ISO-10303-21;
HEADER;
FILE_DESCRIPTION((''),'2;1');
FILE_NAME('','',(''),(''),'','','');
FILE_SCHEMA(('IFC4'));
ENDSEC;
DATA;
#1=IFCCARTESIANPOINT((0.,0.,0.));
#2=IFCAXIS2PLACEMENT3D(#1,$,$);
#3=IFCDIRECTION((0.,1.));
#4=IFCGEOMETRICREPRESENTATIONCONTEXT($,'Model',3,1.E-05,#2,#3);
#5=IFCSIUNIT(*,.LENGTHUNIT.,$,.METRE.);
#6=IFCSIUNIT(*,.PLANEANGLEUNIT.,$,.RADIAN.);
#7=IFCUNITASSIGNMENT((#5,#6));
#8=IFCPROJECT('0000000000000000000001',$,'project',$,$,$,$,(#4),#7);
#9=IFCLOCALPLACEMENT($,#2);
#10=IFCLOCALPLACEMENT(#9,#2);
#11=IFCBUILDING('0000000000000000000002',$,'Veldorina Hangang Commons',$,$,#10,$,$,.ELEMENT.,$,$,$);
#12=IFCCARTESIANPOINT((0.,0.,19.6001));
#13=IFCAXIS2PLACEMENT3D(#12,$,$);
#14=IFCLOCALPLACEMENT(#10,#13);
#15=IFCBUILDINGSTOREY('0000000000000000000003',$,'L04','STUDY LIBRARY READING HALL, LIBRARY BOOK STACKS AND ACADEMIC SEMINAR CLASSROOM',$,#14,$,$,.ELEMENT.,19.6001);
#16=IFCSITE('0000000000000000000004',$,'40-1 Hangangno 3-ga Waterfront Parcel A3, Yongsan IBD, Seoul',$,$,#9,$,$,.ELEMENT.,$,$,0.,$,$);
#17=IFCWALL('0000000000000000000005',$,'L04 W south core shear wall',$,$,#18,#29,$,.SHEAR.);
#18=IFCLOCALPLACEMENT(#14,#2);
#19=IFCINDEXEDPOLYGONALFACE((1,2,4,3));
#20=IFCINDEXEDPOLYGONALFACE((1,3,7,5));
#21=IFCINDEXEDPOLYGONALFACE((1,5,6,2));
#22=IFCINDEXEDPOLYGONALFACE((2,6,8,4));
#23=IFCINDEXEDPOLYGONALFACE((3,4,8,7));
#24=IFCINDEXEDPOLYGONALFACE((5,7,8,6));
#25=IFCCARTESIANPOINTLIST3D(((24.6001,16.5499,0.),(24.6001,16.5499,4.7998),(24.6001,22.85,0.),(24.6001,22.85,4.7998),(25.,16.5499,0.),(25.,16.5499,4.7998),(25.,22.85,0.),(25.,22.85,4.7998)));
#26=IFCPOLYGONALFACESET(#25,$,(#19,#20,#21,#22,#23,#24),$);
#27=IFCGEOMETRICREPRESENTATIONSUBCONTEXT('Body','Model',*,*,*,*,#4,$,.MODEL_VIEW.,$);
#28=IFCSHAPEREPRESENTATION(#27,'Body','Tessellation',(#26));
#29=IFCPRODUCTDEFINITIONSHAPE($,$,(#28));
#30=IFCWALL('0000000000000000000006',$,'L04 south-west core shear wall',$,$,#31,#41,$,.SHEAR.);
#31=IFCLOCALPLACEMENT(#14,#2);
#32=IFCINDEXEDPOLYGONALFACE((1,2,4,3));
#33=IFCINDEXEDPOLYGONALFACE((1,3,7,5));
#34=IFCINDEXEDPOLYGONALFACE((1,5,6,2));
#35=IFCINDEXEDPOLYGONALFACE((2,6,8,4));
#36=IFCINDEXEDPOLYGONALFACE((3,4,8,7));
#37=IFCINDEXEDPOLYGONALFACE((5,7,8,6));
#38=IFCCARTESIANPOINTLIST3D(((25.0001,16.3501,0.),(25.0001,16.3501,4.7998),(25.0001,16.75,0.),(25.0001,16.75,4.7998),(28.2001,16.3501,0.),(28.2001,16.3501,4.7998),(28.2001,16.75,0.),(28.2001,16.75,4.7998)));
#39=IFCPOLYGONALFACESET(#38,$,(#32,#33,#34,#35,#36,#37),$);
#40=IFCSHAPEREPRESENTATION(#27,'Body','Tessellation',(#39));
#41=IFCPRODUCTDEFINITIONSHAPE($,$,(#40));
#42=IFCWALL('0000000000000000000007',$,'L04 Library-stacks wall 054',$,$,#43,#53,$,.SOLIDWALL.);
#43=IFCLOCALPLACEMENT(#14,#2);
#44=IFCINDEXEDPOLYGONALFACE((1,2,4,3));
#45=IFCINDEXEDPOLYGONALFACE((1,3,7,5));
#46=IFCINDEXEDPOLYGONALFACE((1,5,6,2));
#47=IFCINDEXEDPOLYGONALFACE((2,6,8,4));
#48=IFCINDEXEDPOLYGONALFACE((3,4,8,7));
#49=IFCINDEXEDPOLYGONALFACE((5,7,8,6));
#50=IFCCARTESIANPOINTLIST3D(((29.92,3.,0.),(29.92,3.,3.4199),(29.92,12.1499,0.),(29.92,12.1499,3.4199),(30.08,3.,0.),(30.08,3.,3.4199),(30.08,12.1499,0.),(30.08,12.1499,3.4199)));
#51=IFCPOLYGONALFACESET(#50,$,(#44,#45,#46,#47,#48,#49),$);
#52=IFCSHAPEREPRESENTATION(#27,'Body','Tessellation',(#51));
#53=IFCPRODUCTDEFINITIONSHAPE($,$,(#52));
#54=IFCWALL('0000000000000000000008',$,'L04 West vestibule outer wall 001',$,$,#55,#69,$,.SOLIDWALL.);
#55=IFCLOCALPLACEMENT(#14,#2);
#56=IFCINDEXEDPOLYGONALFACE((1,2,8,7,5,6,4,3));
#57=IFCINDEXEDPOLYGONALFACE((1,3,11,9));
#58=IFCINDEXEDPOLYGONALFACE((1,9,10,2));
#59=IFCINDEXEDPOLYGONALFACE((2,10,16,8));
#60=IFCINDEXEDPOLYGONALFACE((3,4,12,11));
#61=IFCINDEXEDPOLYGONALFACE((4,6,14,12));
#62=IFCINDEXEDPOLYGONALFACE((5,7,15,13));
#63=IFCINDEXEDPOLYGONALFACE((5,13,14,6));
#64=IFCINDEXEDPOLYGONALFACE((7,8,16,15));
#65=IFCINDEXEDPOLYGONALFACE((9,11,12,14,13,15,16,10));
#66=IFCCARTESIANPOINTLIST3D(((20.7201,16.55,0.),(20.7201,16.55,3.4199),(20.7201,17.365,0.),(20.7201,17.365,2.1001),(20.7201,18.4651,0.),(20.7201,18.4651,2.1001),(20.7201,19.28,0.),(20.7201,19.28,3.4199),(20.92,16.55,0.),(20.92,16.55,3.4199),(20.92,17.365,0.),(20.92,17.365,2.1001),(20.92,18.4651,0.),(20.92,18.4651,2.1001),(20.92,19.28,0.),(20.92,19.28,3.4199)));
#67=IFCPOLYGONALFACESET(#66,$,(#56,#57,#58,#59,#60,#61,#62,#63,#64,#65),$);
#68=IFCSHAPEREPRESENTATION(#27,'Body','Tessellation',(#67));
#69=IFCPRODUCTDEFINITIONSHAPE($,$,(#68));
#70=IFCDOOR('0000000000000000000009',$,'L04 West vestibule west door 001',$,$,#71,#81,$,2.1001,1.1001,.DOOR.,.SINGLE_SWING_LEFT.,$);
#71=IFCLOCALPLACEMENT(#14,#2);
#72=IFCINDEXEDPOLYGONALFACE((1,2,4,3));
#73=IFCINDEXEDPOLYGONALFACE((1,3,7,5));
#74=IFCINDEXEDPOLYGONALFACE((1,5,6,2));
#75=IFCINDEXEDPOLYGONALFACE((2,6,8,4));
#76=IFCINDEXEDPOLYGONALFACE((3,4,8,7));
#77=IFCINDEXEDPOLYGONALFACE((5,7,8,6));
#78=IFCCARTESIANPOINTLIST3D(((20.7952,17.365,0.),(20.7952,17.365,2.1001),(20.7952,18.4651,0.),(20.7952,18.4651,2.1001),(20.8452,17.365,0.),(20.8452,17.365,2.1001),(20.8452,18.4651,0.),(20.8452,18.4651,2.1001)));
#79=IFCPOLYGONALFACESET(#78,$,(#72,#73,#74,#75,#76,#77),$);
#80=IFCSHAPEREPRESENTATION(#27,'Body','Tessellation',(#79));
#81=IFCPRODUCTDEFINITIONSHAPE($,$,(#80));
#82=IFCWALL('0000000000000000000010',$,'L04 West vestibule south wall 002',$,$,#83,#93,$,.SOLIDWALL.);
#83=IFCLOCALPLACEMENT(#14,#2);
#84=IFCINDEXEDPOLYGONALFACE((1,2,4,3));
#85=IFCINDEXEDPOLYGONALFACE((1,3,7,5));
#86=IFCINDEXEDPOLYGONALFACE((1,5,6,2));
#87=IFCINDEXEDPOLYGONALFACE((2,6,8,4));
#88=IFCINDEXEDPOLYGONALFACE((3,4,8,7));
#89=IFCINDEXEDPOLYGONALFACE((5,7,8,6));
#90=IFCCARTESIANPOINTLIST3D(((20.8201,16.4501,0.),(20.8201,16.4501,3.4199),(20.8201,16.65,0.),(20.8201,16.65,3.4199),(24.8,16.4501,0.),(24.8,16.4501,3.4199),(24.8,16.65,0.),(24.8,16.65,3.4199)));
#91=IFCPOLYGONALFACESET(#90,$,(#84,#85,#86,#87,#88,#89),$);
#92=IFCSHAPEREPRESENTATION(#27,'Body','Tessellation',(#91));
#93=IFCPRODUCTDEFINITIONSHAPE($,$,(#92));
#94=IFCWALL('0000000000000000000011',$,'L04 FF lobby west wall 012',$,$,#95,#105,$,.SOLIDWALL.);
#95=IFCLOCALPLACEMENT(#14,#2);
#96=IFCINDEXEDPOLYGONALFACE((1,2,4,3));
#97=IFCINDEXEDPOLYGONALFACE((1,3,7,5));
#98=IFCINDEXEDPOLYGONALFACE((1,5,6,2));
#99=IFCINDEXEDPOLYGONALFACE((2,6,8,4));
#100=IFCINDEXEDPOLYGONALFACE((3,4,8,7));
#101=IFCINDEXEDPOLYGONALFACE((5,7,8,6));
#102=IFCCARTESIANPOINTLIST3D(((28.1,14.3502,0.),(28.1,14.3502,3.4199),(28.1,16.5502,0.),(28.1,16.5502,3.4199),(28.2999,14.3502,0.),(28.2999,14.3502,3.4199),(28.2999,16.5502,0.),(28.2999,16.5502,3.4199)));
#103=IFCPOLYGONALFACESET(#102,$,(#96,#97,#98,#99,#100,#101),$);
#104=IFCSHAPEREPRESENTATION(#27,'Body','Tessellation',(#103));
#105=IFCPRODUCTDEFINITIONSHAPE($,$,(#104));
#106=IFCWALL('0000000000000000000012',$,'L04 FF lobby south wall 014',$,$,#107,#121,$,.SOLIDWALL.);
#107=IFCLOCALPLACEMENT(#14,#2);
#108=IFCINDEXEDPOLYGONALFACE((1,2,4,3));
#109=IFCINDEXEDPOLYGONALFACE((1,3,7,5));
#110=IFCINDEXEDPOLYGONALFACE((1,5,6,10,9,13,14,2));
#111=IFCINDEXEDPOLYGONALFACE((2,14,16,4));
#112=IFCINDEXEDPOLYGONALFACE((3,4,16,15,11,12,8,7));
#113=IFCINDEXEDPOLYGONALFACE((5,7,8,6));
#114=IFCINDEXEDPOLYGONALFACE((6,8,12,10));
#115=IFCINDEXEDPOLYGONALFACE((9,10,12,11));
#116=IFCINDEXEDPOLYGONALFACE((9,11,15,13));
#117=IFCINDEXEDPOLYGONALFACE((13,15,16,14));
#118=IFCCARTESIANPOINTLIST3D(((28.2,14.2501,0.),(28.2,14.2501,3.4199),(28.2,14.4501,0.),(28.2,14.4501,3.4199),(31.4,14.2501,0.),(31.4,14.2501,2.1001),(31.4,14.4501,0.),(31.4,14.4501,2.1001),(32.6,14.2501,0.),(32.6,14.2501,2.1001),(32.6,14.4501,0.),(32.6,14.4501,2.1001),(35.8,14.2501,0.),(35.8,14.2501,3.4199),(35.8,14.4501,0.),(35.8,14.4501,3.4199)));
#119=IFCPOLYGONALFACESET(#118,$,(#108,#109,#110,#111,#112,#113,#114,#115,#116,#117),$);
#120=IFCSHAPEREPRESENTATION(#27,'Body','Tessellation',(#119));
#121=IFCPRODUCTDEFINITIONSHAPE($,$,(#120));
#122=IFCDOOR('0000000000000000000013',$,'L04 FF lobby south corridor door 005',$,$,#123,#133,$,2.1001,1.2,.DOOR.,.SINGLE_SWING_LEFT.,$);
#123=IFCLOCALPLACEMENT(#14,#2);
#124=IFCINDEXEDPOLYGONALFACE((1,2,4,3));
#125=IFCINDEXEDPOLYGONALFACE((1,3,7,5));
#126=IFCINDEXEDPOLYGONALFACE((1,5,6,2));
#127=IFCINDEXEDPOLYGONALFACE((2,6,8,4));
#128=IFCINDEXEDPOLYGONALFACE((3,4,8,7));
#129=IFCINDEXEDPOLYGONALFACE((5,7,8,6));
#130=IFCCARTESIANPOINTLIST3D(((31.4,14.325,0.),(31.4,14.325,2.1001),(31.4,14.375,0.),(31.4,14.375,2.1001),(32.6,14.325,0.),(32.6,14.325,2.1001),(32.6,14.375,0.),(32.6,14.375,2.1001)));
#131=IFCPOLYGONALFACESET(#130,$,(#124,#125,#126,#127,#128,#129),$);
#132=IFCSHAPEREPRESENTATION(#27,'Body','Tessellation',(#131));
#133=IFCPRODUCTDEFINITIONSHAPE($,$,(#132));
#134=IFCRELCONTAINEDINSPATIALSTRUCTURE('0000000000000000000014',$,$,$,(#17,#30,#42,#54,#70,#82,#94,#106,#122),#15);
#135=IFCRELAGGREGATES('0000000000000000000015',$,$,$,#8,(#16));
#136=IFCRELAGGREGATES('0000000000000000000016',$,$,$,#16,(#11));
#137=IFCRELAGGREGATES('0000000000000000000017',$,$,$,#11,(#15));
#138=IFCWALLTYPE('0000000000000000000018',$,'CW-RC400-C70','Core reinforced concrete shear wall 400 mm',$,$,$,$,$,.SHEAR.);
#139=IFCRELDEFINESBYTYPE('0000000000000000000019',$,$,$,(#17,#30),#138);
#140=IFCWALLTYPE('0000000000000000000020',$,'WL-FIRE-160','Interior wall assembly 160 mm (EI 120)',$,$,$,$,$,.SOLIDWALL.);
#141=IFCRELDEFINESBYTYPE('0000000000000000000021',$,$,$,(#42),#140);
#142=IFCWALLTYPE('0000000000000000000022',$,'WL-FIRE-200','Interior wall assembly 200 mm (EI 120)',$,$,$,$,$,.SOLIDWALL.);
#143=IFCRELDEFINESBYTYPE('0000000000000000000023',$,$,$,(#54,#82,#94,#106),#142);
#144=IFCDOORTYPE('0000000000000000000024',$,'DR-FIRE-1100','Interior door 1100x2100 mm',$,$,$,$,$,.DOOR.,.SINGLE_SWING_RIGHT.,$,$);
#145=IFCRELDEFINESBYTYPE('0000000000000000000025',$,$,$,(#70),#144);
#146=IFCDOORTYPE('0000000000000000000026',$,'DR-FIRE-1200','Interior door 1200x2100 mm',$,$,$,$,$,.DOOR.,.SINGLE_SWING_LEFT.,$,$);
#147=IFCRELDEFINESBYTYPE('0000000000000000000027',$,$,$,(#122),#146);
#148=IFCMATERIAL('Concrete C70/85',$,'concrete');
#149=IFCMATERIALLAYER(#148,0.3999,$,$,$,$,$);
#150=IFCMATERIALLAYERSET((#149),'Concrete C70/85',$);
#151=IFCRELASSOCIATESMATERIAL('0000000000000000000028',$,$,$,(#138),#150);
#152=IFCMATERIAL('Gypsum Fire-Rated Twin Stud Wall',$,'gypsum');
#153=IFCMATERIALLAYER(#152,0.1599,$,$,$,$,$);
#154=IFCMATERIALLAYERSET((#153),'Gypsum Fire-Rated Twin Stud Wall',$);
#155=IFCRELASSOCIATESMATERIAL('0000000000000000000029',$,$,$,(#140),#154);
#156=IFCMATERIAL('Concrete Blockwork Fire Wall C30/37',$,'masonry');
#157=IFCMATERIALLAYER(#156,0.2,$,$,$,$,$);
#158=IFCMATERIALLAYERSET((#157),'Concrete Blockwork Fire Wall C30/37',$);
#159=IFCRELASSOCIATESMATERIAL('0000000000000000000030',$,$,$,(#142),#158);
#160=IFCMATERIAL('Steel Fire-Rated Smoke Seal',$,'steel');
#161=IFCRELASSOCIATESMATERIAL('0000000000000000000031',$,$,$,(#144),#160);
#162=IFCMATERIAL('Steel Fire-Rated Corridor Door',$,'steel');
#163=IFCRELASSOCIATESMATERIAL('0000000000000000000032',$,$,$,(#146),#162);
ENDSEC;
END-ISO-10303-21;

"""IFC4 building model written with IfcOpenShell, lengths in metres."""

from ifc_helpers import new_model, si_unit, direction, frame, frame_2d, origin, place, context, subcontext, project, spatial, rectangle, extrude, material, layer, layer_set, type_object, element, fill, save


model = new_model("IFC4")

# Units and contexts
model_context = context("Model", 3, precision=1e-05, world=origin(), true_north=direction((0.0, 1.0)))
body_context = subcontext(model_context, "Body", "Model", "MODEL_VIEW")
ifc_project = project(units=[si_unit("LENGTHUNIT", "METRE"), si_unit("PLANEANGLEUNIT", "RADIAN")], contexts=[model_context])

# Site, building, storey
site_placement = place(None, origin())
site = spatial("IfcSite", under=ifc_project, at=site_placement, Name="40-1 Hangangno 3-ga Waterfront Parcel A3, Yongsan IBD, Seoul", CompositionType="ELEMENT", RefElevation=0.0)
building_placement = place(site_placement, origin())
building = spatial("IfcBuilding", under=site, at=building_placement, Name="Veldorina Hangang Commons", CompositionType="ELEMENT")
storey_placement = place(building_placement, frame((0.0, 0.0, 19.6001)))
storey = spatial("IfcBuildingStorey", under=building, at=storey_placement, Name="L04", Description="STUDY LIBRARY READING HALL, LIBRARY BOOK STACKS AND ACADEMIC SEMINAR CLASSROOM", CompositionType="ELEMENT", Elevation=19.6001)

# Walls
ifc_material_1 = material(Name="Concrete C70/85", Category="concrete")
ifc_layer_1 = layer(ifc_material_1, 0.3999)
ifc_layer_set_1 = layer_set([ifc_layer_1], Name="Concrete C70/85")
wall_type_1 = type_object("IfcWallType", Name="CW-RC400-C70", Description="Core reinforced concrete shear wall 400 mm", PredefinedType="SHEAR", material=ifc_layer_set_1)
wall_1_placement = place(storey_placement, frame((24.8, 16.55, 0.0), z_axis=(0.0, 0.0, 1.0), x_axis=(0.0, 1.0, 0.0)))
element("IfcWall", 1, at=wall_1_placement, inside=storey, type_object=wall_type_1, Name="L04 W south core shear wall", PredefinedType="SHEAR", context=body_context, shape_type="SweptSolid", body=[
    extrude(rectangle(XDim=6.3, YDim=0.3999, at=frame_2d((3.1499, 0.0))), origin(), (0.0, 0.0, 1.0), 4.7998),
])
wall_2_placement = place(storey_placement, frame((25.0, 16.55, 0.0), z_axis=(0.0, 0.0, 1.0), x_axis=(1.0, 0.0, 0.0)))
element("IfcWall", 2, at=wall_2_placement, inside=storey, type_object=wall_type_1, Name="L04 south-west core shear wall", PredefinedType="SHEAR", context=body_context, shape_type="SweptSolid", body=[
    extrude(rectangle(XDim=3.2, YDim=0.3999, at=frame_2d((1.6001, 0.0))), origin(), (0.0, 0.0, 1.0), 4.7998),
])
ifc_material_2 = material(Name="Gypsum Fire-Rated Twin Stud Wall", Category="gypsum")
ifc_layer_2 = layer(ifc_material_2, 0.1599)
ifc_layer_set_2 = layer_set([ifc_layer_2], Name="Gypsum Fire-Rated Twin Stud Wall")
wall_type_2 = type_object("IfcWallType", Name="WL-FIRE-160", Description="Interior wall assembly 160 mm (EI 120)", PredefinedType="SOLIDWALL", material=ifc_layer_set_2)
wall_3_placement = place(storey_placement, frame((30.0, 3.0, 0.0), z_axis=(0.0, 0.0, 1.0), x_axis=(0.0, 1.0, 0.0)))
element("IfcWall", 3, at=wall_3_placement, inside=storey, type_object=wall_type_2, Name="L04 Library-stacks wall 054", PredefinedType="SOLIDWALL", context=body_context, shape_type="SweptSolid", body=[
    extrude(rectangle(XDim=9.1499, YDim=0.1599, at=frame_2d((4.575, 0.0))), origin(), (0.0, 0.0, 1.0), 3.4199),
])

# Wall, opening, door
ifc_material_3 = material(Name="Concrete Blockwork Fire Wall C30/37", Category="masonry")
ifc_layer_3 = layer(ifc_material_3, 0.2)
ifc_layer_set_3 = layer_set([ifc_layer_3], Name="Concrete Blockwork Fire Wall C30/37")
wall_type_3 = type_object("IfcWallType", Name="WL-FIRE-200", Description="Interior wall assembly 200 mm (EI 120)", PredefinedType="SOLIDWALL", material=ifc_layer_set_3)
wall_4_placement = place(storey_placement, frame((20.8201, 16.55, 0.0), z_axis=(0.0, 0.0, 1.0), x_axis=(0.0, 1.0, 0.0)))
wall_4 = element("IfcWall", 4, at=wall_4_placement, inside=storey, type_object=wall_type_3, Name="L04 West vestibule outer wall 001", PredefinedType="SOLIDWALL", context=body_context, shape_type="SweptSolid", body=[
    extrude(rectangle(XDim=2.73, YDim=0.2, at=frame_2d((1.365, 0.0))), origin(), (0.0, 0.0, 1.0), 3.4199),
])
opening_1_placement = place(wall_4_placement, frame((0.8149, 0.0, 0.0)))
opening_1 = element("IfcOpeningElement", 5, at=opening_1_placement, cuts=wall_4, PredefinedType="OPENING", context=body_context, shape_type="SweptSolid", body=[
    extrude(rectangle(XDim=1.1001, YDim=2.1001, at=frame_2d((0.55, 1.05))), frame((0.0, 0.1099, 0.0), z_axis=(0.0, -1.0, 0.0), x_axis=(1.0, 0.0, 0.0)), (0.0, 0.0, 1.0), 0.22),
])
ifc_material_4 = material(Name="Steel Fire-Rated Smoke Seal", Category="steel")
door_type_1 = type_object("IfcDoorType", Name="DR-FIRE-1100", Description="Interior door 1100x2100 mm", OperationType="SINGLE_SWING_RIGHT", PredefinedType="DOOR", material=ifc_material_4)
door_1_placement = place(opening_1_placement, origin())
door_1 = element("IfcDoor", 6, at=door_1_placement, inside=storey, type_object=door_type_1, Name="L04 West vestibule west door 001", OperationType="SINGLE_SWING_LEFT", OverallHeight=2.1001, OverallWidth=1.1001, PredefinedType="DOOR", context=body_context, shape_type="SweptSolid", body=[
    extrude(rectangle(XDim=1.1001, YDim=2.1001, at=frame_2d((0.55, 1.05))), frame((0.0, 0.0249, 0.0), z_axis=(0.0, -1.0, 0.0), x_axis=(1.0, 0.0, 0.0)), (0.0, 0.0, 1.0), 0.05),
])
fill(opening_1, door_1)

# Walls
wall_5_placement = place(storey_placement, frame((20.8201, 16.55, 0.0), z_axis=(0.0, 0.0, 1.0), x_axis=(1.0, 0.0, 0.0)))
element("IfcWall", 7, at=wall_5_placement, inside=storey, type_object=wall_type_3, Name="L04 West vestibule south wall 002", PredefinedType="SOLIDWALL", context=body_context, shape_type="SweptSolid", body=[
    extrude(rectangle(XDim=3.98, YDim=0.2, at=frame_2d((1.99, 0.0))), origin(), (0.0, 0.0, 1.0), 3.4199),
])
wall_6_placement = place(storey_placement, frame((28.2, 14.3501, 0.0), z_axis=(0.0, 0.0, 1.0), x_axis=(0.0, 1.0, 0.0)))
element("IfcWall", 8, at=wall_6_placement, inside=storey, type_object=wall_type_3, Name="L04 FF lobby west wall 012", PredefinedType="SOLIDWALL", context=body_context, shape_type="SweptSolid", body=[
    extrude(rectangle(XDim=2.2, YDim=0.2, at=frame_2d((1.1001, 0.0))), origin(), (0.0, 0.0, 1.0), 3.4199),
])

# Wall, opening, door
wall_7_placement = place(storey_placement, frame((28.2, 14.3501, 0.0), z_axis=(0.0, 0.0, 1.0), x_axis=(1.0, 0.0, 0.0)))
wall_7 = element("IfcWall", 9, at=wall_7_placement, inside=storey, type_object=wall_type_3, Name="L04 FF lobby south wall 014", PredefinedType="SOLIDWALL", context=body_context, shape_type="SweptSolid", body=[
    extrude(rectangle(XDim=7.6001, YDim=0.2, at=frame_2d((3.8, 0.0))), origin(), (0.0, 0.0, 1.0), 3.4199),
])
opening_2_placement = place(wall_7_placement, frame((3.2, 0.0, 0.0)))
opening_2 = element("IfcOpeningElement", 10, at=opening_2_placement, cuts=wall_7, PredefinedType="OPENING", context=body_context, shape_type="SweptSolid", body=[
    extrude(rectangle(XDim=1.2, YDim=2.1001, at=frame_2d((0.6001, 1.05))), frame((0.0, 0.1099, 0.0), z_axis=(0.0, -1.0, 0.0), x_axis=(1.0, 0.0, 0.0)), (0.0, 0.0, 1.0), 0.22),
])
ifc_material_5 = material(Name="Steel Fire-Rated Corridor Door", Category="steel")
door_type_2 = type_object("IfcDoorType", Name="DR-FIRE-1200", Description="Interior door 1200x2100 mm", OperationType="SINGLE_SWING_LEFT", PredefinedType="DOOR", material=ifc_material_5)
door_2_placement = place(opening_2_placement, origin())
door_2 = element("IfcDoor", 11, at=door_2_placement, inside=storey, type_object=door_type_2, Name="L04 FF lobby south corridor door 005", OperationType="SINGLE_SWING_LEFT", OverallHeight=2.1001, OverallWidth=1.2, PredefinedType="DOOR", context=body_context, shape_type="SweptSolid", body=[
    extrude(rectangle(XDim=1.2, YDim=2.1001, at=frame_2d((0.6001, 1.05))), frame((0.0, 0.0249, 0.0), z_axis=(0.0, -1.0, 0.0), x_axis=(1.0, 0.0, 0.0)), (0.0, 0.0, 1.0), 0.05),
])
fill(opening_2, door_2)

save(model, "model.ifc")
